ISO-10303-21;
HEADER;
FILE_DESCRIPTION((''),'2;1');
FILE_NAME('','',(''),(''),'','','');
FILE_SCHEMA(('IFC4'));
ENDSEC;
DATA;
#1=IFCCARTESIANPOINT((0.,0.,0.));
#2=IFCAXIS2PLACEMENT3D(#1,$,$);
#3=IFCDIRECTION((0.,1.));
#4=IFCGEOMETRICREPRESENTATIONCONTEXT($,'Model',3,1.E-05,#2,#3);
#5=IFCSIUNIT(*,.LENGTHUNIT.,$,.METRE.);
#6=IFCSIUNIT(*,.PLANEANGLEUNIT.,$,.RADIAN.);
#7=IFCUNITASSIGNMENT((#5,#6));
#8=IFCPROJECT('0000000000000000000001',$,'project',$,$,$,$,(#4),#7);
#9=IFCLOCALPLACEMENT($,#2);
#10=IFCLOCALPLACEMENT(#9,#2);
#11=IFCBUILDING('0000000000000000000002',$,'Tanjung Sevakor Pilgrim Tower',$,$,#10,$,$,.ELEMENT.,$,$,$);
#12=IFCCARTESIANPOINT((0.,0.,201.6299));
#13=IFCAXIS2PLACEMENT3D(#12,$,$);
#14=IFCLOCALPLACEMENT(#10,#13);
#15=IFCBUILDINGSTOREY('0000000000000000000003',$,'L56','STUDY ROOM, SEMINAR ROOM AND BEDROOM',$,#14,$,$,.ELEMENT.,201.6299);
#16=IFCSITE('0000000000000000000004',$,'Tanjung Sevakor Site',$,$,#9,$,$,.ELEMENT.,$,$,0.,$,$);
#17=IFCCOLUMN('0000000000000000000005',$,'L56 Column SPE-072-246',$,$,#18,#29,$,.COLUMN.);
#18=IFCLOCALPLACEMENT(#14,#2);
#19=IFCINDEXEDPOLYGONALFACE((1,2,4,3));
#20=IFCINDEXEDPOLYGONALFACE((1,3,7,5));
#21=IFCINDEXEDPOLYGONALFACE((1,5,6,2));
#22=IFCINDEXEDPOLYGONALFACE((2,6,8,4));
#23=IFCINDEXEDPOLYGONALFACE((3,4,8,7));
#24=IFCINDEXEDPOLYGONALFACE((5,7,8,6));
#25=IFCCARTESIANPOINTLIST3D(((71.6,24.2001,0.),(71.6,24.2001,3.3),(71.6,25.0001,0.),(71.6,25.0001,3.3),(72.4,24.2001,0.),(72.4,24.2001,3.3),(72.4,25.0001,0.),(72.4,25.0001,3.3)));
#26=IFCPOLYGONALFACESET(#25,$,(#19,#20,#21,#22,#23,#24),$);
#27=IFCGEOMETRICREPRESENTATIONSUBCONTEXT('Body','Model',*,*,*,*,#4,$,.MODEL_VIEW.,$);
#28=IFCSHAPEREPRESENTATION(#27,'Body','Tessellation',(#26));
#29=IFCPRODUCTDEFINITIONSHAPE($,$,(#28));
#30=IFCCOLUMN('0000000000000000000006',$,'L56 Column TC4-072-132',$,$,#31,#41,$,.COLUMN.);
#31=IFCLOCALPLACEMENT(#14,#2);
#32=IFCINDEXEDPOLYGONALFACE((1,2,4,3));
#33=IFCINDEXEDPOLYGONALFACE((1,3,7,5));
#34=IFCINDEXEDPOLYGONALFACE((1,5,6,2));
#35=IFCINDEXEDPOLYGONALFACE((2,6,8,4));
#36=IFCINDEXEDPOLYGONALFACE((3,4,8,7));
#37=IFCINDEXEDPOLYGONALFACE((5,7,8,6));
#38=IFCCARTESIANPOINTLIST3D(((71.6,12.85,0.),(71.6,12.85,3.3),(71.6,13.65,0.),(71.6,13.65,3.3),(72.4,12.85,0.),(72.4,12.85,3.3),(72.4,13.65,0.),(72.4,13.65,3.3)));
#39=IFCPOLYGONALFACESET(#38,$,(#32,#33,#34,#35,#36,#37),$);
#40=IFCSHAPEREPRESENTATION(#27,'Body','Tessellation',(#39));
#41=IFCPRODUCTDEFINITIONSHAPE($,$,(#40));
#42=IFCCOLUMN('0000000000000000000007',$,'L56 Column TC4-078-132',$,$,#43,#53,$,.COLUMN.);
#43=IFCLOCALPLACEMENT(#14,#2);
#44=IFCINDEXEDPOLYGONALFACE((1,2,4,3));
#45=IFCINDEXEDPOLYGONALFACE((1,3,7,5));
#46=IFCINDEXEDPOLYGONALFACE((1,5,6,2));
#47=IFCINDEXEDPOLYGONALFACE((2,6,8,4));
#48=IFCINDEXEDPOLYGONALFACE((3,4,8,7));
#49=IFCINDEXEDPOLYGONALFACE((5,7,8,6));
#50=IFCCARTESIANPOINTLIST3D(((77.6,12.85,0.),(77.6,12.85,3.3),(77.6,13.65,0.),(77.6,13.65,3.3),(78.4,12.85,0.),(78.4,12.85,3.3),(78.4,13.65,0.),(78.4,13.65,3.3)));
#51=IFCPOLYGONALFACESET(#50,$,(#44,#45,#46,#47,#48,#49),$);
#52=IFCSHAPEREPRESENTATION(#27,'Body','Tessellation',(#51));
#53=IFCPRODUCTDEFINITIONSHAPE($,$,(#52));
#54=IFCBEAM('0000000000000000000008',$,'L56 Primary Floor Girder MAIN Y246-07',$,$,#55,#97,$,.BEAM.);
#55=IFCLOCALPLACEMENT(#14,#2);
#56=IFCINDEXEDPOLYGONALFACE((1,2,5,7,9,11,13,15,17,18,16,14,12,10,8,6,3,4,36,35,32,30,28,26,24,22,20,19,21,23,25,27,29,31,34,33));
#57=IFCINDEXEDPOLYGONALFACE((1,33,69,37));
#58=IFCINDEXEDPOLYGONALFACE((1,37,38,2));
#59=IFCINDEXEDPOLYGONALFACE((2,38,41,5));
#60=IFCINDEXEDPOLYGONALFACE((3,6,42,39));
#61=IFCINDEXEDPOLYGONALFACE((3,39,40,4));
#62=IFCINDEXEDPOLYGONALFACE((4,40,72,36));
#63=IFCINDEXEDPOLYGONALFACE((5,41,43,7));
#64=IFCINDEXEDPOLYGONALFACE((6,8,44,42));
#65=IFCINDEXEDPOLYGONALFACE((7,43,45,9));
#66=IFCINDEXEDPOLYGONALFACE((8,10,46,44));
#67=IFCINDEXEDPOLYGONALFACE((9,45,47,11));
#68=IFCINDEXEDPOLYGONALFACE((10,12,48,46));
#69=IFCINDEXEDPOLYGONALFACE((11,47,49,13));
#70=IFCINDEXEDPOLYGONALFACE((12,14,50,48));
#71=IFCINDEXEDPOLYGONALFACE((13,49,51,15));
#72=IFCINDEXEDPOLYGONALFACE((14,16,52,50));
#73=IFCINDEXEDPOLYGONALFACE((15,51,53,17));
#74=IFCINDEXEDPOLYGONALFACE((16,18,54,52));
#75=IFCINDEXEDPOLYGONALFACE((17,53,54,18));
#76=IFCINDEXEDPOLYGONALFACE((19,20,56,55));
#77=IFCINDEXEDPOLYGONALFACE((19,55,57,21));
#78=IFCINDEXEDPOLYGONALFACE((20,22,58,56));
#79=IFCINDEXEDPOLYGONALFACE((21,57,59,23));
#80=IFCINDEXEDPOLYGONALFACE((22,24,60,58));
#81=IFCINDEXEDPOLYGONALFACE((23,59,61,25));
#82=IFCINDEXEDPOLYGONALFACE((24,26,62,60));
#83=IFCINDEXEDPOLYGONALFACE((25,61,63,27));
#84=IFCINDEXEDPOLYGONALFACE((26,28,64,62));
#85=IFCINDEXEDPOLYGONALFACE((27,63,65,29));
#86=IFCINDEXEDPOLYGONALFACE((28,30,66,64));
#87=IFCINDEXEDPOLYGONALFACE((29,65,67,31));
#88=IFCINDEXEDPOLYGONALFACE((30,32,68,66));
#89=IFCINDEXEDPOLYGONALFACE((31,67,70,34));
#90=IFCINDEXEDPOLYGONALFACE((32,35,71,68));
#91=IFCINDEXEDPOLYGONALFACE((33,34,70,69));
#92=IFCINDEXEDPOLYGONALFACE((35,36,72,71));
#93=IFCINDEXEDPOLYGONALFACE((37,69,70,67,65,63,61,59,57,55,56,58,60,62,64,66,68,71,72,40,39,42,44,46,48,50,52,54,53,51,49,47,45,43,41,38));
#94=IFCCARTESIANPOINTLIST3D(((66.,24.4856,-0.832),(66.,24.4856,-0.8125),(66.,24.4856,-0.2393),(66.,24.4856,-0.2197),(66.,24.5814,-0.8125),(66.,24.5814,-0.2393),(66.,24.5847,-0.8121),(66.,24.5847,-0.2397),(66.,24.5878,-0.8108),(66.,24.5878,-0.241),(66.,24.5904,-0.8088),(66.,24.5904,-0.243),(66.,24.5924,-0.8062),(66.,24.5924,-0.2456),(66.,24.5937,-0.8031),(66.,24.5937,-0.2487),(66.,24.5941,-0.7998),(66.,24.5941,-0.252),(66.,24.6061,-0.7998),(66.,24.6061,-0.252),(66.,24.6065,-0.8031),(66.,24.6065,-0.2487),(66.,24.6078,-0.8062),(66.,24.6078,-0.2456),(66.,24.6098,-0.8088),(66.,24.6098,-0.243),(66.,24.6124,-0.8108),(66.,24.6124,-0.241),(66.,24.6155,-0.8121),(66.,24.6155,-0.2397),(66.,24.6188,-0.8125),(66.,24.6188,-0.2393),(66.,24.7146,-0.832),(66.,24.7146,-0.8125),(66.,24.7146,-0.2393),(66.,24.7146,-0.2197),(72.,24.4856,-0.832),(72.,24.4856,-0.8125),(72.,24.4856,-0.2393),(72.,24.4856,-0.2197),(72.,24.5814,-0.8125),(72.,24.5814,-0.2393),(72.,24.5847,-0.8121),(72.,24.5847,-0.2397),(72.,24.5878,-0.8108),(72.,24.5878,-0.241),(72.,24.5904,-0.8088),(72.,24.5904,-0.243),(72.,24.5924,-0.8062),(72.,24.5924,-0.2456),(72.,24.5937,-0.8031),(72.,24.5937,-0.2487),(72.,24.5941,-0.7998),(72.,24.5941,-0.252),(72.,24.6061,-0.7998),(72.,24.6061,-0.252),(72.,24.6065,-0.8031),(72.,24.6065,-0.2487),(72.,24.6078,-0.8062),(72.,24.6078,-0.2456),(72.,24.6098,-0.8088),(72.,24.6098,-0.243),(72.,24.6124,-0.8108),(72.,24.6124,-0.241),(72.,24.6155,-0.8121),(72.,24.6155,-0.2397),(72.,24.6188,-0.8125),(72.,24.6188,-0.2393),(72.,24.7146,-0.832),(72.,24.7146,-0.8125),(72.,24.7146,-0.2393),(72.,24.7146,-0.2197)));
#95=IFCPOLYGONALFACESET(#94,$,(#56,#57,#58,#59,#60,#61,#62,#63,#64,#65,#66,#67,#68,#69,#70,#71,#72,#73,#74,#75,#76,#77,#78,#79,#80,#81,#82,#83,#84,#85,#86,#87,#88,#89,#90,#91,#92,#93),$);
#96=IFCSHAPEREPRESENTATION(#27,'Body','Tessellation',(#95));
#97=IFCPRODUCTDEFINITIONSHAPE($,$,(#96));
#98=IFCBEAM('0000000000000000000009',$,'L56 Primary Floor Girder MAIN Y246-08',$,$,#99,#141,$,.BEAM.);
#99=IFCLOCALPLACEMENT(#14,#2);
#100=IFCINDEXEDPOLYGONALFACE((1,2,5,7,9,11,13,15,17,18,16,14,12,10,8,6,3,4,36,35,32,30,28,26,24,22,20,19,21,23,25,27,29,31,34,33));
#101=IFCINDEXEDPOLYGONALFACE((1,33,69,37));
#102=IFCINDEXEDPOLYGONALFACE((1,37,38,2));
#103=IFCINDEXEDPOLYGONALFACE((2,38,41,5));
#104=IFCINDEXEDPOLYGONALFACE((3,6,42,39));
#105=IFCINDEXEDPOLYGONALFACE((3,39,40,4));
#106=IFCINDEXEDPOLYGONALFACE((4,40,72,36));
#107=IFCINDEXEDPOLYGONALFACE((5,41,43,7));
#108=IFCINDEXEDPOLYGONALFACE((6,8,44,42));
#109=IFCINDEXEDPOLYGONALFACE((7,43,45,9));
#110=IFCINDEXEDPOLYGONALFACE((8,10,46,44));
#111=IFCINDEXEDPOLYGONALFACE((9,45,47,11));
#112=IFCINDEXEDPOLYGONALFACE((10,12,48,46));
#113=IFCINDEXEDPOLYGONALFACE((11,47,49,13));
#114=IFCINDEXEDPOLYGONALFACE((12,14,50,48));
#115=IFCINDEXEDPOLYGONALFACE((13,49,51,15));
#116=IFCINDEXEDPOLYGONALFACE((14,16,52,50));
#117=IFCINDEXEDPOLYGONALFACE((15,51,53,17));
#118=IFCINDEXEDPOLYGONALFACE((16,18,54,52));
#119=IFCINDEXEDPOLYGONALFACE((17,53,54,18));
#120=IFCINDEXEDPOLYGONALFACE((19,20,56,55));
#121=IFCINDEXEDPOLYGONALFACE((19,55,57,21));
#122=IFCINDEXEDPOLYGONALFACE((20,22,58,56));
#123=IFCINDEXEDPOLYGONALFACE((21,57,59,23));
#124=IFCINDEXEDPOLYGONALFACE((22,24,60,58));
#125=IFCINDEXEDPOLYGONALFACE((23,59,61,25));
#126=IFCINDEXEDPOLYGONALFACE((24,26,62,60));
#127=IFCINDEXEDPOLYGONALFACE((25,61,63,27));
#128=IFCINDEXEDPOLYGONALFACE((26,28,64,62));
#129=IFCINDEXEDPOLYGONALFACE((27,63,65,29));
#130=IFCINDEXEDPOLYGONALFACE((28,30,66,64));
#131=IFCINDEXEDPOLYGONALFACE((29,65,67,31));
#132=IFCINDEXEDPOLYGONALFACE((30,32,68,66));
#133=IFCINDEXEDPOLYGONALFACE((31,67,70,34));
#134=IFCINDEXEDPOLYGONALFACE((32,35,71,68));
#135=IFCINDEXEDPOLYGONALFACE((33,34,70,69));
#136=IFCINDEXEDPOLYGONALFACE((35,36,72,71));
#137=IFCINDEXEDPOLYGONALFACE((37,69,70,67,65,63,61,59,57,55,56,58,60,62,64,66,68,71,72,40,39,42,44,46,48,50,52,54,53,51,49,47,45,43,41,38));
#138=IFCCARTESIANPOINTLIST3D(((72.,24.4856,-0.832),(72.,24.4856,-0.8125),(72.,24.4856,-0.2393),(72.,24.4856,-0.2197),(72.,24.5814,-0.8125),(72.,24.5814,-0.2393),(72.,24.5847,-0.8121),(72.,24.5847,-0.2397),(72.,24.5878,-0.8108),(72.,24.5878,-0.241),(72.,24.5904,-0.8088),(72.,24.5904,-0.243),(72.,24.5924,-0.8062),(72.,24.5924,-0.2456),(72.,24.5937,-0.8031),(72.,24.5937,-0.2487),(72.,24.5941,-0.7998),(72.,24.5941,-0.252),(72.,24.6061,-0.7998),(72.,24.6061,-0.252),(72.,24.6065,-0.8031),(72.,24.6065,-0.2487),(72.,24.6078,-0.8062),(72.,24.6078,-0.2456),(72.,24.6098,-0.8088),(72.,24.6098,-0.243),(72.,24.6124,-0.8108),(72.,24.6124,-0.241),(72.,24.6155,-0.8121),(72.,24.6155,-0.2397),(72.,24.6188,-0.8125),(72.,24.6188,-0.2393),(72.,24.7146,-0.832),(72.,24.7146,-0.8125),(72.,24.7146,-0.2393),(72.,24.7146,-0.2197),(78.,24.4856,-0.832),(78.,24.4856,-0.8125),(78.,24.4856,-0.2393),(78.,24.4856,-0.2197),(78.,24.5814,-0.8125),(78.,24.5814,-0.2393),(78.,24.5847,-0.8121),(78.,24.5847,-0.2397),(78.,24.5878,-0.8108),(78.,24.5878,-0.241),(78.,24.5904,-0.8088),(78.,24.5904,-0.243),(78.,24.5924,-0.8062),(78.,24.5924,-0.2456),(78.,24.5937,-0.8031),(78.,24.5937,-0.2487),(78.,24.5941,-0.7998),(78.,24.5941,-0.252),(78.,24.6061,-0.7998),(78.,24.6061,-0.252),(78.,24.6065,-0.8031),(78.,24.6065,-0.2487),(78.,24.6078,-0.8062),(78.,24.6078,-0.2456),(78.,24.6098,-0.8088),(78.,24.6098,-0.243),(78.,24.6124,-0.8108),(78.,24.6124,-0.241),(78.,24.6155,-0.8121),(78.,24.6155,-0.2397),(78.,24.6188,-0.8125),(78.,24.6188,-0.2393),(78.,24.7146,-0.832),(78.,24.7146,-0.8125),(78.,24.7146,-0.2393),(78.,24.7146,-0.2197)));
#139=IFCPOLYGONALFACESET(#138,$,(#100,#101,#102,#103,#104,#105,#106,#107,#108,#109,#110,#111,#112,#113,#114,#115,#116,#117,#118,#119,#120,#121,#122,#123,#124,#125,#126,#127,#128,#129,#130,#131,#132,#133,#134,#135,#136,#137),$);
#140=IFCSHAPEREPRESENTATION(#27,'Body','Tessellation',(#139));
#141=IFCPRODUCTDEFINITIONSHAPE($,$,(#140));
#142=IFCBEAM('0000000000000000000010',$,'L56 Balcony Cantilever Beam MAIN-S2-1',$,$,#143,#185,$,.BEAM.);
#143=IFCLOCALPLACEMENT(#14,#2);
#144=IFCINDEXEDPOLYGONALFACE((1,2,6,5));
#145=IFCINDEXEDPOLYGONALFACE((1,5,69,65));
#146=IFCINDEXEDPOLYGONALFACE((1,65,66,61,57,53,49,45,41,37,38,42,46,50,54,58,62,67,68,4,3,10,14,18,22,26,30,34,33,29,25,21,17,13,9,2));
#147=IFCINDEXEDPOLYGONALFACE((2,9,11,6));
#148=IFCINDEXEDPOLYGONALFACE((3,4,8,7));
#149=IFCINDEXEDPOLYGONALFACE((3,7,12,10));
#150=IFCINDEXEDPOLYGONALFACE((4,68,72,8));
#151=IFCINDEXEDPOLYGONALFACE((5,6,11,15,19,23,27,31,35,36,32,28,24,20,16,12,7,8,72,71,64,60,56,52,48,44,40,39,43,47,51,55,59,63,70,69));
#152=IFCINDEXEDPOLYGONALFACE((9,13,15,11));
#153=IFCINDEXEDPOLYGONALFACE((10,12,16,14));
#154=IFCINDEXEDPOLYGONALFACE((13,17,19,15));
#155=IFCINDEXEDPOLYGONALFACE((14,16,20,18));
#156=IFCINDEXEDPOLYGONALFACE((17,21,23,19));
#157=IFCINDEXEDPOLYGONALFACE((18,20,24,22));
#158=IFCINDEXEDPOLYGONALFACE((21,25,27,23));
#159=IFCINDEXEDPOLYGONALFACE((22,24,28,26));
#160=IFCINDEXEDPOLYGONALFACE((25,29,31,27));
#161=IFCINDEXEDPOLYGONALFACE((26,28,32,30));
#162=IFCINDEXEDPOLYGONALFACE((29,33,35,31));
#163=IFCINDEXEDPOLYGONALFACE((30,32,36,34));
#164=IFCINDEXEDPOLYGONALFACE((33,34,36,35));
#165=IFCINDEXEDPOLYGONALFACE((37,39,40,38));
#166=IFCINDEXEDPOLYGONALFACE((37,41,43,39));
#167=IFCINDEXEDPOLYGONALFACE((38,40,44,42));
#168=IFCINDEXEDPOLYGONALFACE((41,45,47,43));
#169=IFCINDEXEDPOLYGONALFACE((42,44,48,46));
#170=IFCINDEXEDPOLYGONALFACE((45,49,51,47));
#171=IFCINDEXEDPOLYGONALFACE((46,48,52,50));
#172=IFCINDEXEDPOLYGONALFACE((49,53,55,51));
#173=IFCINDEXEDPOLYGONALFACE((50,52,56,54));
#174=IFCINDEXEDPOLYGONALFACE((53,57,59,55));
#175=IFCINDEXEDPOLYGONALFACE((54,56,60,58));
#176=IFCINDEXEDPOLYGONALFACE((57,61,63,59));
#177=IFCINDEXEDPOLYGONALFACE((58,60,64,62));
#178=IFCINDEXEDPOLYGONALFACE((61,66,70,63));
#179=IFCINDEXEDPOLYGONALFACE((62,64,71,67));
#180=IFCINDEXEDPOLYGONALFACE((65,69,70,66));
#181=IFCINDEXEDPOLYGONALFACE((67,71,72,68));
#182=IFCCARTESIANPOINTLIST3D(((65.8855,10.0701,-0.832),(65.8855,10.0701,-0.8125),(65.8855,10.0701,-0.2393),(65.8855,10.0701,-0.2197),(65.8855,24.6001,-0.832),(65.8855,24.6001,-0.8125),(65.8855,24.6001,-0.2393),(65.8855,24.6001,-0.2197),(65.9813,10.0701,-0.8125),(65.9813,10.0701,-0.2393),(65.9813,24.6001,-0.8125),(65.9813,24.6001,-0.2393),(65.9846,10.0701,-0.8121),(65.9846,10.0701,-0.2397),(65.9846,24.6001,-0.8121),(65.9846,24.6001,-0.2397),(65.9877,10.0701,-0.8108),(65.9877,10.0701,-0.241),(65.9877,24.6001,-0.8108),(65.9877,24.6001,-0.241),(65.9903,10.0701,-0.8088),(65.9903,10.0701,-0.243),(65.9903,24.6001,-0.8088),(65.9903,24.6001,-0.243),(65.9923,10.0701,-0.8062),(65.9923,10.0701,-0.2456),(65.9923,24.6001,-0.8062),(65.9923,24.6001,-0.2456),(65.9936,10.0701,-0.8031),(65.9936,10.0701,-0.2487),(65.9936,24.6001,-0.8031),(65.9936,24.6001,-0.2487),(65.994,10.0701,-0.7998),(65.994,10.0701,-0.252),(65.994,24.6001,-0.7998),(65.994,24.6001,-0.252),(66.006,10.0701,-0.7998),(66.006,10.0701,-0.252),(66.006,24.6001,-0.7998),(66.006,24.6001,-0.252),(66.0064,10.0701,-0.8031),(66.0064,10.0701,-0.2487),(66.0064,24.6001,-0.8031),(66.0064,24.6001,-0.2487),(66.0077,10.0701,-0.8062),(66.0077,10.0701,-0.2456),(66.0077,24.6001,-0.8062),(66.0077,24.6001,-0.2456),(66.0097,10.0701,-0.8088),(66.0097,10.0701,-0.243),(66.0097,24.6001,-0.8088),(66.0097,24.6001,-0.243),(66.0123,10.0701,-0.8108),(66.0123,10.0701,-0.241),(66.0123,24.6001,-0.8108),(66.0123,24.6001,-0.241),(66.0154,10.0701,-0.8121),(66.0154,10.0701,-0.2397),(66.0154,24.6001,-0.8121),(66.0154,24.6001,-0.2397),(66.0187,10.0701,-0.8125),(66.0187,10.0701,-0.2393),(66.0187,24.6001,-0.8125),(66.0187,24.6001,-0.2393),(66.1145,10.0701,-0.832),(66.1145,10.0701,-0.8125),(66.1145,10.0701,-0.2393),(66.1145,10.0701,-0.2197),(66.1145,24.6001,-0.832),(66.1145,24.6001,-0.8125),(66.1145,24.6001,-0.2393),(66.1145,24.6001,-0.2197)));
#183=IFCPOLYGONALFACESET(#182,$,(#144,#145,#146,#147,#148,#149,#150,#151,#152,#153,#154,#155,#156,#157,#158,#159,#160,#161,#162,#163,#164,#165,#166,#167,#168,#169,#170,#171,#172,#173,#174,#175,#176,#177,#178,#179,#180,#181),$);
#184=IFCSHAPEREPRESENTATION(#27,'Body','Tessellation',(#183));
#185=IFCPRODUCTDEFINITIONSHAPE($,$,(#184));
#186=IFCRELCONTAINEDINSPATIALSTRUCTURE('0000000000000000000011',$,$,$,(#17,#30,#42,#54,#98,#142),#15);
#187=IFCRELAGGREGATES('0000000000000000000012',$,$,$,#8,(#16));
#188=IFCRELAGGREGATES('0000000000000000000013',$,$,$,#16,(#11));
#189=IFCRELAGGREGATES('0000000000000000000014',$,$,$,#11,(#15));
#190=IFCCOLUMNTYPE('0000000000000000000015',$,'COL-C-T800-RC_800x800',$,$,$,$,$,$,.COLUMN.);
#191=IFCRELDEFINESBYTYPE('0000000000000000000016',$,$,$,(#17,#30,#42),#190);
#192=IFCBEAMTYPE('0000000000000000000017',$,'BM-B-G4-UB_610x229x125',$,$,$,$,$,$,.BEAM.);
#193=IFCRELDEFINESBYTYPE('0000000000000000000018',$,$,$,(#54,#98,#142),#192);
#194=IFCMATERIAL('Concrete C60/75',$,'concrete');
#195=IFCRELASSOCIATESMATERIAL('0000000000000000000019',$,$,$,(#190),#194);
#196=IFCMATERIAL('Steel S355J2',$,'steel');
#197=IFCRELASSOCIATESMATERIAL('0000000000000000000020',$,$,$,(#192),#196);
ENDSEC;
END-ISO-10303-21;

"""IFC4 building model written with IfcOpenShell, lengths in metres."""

from ifc_helpers import new_model, si_unit, direction, frame, origin, origin_2d, place, context, subcontext, project, spatial, rectangle, i_section, extrude, material, material_profile, profile_set, type_object, element, save


model = new_model("IFC4")

# Units and contexts
model_context = context("Model", 3, precision=1e-05, world=origin(), true_north=direction((0.0, 1.0)))
body_context = subcontext(model_context, "Body", "Model", "MODEL_VIEW")
ifc_project = project(units=[si_unit("LENGTHUNIT", "METRE"), si_unit("PLANEANGLEUNIT", "RADIAN")], contexts=[model_context])

# Site, building, storey
site_placement = place(None, origin())
site = spatial("IfcSite", under=ifc_project, at=site_placement, Name="Tanjung Sevakor Site", CompositionType="ELEMENT", RefElevation=0.0)
building_placement = place(site_placement, origin())
building = spatial("IfcBuilding", under=site, at=building_placement, Name="Tanjung Sevakor Pilgrim Tower", CompositionType="ELEMENT")
storey_placement = place(building_placement, frame((0.0, 0.0, 201.6299)))
storey = spatial("IfcBuildingStorey", under=building, at=storey_placement, Name="L56", Description="STUDY ROOM, SEMINAR ROOM AND BEDROOM", CompositionType="ELEMENT", Elevation=201.6299)

# Columns
ifc_material_1 = material(Name="Concrete C60/75", Category="concrete")
ifc_material_profile_1 = material_profile(ifc_material_1, rectangle(XDim=0.8, YDim=0.8, at=origin_2d()))
ifc_profile_set_1 = profile_set([ifc_material_profile_1], Name="Concrete C60/75")
column_type = type_object("IfcColumnType", Name="COL-C-T800-RC_800x800", PredefinedType="COLUMN", material=ifc_profile_set_1)
for number, where, z_axis, x_axis, name in (
    (1, (72.0, 24.6001, 0.0), (0.0, 0.0, 1.0), (1.0, 0.0, 0.0), "L56 Column SPE-072-246"),
    (2, (72.0, 13.25, 0.0), (0.0, 0.0, 1.0), (1.0, 0.0, 0.0), "L56 Column TC4-072-132"),
    (3, (78.0, 13.25, 0.0), (0.0, 0.0, 1.0), (1.0, 0.0, 0.0), "L56 Column TC4-078-132"),
):
    element("IfcColumn", number, at=place(storey_placement, frame(where, z_axis=z_axis, x_axis=x_axis)), inside=storey, type_object=column_type, Name=name, PredefinedType="COLUMN", context=body_context, shape_type="SweptSolid", body=[
        extrude(rectangle(XDim=0.8, YDim=0.8, at=origin_2d()), origin(), (0.0, 0.0, 1.0), 3.3),
    ])

# Beams
ifc_material_2 = material(Name="Steel S355J2", Category="steel")
ifc_material_profile_2 = material_profile(ifc_material_2, i_section(OverallWidth=0.229, OverallDepth=0.6123, WebThickness=0.012, FlangeThickness=0.0195, FilletRadius=0.0127, at=origin_2d()))
ifc_profile_set_2 = profile_set([ifc_material_profile_2], Name="Steel S355J2")
beam_type_1 = type_object("IfcBeamType", Name="BM-B-G4-UB_610x229x125", PredefinedType="BEAM", material=ifc_profile_set_2)
for number, where, z_axis, x_axis, name in (
    (4, (66.0, 24.6001, -0.5259), (1.0, 0.0, 0.0), (0.0, 1.0, 0.0), "L56 Primary Floor Girder MAIN Y246-07"),
    (5, (72.0, 24.6001, -0.5259), (1.0, 0.0, 0.0), (0.0, 1.0, 0.0), "L56 Primary Floor Girder MAIN Y246-08"),
):
    element("IfcBeam", number, at=place(storey_placement, frame(where, z_axis=z_axis, x_axis=x_axis)), inside=storey, type_object=beam_type_1, Name=name, PredefinedType="BEAM", context=body_context, shape_type="SweptSolid", body=[
        extrude(i_section(OverallWidth=0.229, OverallDepth=0.6123, WebThickness=0.012, FlangeThickness=0.0195, FilletRadius=0.0127, at=origin_2d()), origin(), (0.0, 0.0, 1.0), 6.0),
    ])
for number, where, z_axis, x_axis, name in (
    (6, (66.0, 24.6001, -0.5259), (0.0, -1.0, 0.0), (1.0, 0.0, 0.0), "L56 Balcony Cantilever Beam MAIN-S2-1"),
):
    element("IfcBeam", number, at=place(storey_placement, frame(where, z_axis=z_axis, x_axis=x_axis)), inside=storey, type_object=beam_type_1, Name=name, PredefinedType="BEAM", context=body_context, shape_type="SweptSolid", body=[
        extrude(i_section(OverallWidth=0.229, OverallDepth=0.6123, WebThickness=0.012, FlangeThickness=0.0195, FilletRadius=0.0127, at=origin_2d()), origin(), (0.0, 0.0, 1.0), 14.53),
    ])

save(model, "model.ifc")
